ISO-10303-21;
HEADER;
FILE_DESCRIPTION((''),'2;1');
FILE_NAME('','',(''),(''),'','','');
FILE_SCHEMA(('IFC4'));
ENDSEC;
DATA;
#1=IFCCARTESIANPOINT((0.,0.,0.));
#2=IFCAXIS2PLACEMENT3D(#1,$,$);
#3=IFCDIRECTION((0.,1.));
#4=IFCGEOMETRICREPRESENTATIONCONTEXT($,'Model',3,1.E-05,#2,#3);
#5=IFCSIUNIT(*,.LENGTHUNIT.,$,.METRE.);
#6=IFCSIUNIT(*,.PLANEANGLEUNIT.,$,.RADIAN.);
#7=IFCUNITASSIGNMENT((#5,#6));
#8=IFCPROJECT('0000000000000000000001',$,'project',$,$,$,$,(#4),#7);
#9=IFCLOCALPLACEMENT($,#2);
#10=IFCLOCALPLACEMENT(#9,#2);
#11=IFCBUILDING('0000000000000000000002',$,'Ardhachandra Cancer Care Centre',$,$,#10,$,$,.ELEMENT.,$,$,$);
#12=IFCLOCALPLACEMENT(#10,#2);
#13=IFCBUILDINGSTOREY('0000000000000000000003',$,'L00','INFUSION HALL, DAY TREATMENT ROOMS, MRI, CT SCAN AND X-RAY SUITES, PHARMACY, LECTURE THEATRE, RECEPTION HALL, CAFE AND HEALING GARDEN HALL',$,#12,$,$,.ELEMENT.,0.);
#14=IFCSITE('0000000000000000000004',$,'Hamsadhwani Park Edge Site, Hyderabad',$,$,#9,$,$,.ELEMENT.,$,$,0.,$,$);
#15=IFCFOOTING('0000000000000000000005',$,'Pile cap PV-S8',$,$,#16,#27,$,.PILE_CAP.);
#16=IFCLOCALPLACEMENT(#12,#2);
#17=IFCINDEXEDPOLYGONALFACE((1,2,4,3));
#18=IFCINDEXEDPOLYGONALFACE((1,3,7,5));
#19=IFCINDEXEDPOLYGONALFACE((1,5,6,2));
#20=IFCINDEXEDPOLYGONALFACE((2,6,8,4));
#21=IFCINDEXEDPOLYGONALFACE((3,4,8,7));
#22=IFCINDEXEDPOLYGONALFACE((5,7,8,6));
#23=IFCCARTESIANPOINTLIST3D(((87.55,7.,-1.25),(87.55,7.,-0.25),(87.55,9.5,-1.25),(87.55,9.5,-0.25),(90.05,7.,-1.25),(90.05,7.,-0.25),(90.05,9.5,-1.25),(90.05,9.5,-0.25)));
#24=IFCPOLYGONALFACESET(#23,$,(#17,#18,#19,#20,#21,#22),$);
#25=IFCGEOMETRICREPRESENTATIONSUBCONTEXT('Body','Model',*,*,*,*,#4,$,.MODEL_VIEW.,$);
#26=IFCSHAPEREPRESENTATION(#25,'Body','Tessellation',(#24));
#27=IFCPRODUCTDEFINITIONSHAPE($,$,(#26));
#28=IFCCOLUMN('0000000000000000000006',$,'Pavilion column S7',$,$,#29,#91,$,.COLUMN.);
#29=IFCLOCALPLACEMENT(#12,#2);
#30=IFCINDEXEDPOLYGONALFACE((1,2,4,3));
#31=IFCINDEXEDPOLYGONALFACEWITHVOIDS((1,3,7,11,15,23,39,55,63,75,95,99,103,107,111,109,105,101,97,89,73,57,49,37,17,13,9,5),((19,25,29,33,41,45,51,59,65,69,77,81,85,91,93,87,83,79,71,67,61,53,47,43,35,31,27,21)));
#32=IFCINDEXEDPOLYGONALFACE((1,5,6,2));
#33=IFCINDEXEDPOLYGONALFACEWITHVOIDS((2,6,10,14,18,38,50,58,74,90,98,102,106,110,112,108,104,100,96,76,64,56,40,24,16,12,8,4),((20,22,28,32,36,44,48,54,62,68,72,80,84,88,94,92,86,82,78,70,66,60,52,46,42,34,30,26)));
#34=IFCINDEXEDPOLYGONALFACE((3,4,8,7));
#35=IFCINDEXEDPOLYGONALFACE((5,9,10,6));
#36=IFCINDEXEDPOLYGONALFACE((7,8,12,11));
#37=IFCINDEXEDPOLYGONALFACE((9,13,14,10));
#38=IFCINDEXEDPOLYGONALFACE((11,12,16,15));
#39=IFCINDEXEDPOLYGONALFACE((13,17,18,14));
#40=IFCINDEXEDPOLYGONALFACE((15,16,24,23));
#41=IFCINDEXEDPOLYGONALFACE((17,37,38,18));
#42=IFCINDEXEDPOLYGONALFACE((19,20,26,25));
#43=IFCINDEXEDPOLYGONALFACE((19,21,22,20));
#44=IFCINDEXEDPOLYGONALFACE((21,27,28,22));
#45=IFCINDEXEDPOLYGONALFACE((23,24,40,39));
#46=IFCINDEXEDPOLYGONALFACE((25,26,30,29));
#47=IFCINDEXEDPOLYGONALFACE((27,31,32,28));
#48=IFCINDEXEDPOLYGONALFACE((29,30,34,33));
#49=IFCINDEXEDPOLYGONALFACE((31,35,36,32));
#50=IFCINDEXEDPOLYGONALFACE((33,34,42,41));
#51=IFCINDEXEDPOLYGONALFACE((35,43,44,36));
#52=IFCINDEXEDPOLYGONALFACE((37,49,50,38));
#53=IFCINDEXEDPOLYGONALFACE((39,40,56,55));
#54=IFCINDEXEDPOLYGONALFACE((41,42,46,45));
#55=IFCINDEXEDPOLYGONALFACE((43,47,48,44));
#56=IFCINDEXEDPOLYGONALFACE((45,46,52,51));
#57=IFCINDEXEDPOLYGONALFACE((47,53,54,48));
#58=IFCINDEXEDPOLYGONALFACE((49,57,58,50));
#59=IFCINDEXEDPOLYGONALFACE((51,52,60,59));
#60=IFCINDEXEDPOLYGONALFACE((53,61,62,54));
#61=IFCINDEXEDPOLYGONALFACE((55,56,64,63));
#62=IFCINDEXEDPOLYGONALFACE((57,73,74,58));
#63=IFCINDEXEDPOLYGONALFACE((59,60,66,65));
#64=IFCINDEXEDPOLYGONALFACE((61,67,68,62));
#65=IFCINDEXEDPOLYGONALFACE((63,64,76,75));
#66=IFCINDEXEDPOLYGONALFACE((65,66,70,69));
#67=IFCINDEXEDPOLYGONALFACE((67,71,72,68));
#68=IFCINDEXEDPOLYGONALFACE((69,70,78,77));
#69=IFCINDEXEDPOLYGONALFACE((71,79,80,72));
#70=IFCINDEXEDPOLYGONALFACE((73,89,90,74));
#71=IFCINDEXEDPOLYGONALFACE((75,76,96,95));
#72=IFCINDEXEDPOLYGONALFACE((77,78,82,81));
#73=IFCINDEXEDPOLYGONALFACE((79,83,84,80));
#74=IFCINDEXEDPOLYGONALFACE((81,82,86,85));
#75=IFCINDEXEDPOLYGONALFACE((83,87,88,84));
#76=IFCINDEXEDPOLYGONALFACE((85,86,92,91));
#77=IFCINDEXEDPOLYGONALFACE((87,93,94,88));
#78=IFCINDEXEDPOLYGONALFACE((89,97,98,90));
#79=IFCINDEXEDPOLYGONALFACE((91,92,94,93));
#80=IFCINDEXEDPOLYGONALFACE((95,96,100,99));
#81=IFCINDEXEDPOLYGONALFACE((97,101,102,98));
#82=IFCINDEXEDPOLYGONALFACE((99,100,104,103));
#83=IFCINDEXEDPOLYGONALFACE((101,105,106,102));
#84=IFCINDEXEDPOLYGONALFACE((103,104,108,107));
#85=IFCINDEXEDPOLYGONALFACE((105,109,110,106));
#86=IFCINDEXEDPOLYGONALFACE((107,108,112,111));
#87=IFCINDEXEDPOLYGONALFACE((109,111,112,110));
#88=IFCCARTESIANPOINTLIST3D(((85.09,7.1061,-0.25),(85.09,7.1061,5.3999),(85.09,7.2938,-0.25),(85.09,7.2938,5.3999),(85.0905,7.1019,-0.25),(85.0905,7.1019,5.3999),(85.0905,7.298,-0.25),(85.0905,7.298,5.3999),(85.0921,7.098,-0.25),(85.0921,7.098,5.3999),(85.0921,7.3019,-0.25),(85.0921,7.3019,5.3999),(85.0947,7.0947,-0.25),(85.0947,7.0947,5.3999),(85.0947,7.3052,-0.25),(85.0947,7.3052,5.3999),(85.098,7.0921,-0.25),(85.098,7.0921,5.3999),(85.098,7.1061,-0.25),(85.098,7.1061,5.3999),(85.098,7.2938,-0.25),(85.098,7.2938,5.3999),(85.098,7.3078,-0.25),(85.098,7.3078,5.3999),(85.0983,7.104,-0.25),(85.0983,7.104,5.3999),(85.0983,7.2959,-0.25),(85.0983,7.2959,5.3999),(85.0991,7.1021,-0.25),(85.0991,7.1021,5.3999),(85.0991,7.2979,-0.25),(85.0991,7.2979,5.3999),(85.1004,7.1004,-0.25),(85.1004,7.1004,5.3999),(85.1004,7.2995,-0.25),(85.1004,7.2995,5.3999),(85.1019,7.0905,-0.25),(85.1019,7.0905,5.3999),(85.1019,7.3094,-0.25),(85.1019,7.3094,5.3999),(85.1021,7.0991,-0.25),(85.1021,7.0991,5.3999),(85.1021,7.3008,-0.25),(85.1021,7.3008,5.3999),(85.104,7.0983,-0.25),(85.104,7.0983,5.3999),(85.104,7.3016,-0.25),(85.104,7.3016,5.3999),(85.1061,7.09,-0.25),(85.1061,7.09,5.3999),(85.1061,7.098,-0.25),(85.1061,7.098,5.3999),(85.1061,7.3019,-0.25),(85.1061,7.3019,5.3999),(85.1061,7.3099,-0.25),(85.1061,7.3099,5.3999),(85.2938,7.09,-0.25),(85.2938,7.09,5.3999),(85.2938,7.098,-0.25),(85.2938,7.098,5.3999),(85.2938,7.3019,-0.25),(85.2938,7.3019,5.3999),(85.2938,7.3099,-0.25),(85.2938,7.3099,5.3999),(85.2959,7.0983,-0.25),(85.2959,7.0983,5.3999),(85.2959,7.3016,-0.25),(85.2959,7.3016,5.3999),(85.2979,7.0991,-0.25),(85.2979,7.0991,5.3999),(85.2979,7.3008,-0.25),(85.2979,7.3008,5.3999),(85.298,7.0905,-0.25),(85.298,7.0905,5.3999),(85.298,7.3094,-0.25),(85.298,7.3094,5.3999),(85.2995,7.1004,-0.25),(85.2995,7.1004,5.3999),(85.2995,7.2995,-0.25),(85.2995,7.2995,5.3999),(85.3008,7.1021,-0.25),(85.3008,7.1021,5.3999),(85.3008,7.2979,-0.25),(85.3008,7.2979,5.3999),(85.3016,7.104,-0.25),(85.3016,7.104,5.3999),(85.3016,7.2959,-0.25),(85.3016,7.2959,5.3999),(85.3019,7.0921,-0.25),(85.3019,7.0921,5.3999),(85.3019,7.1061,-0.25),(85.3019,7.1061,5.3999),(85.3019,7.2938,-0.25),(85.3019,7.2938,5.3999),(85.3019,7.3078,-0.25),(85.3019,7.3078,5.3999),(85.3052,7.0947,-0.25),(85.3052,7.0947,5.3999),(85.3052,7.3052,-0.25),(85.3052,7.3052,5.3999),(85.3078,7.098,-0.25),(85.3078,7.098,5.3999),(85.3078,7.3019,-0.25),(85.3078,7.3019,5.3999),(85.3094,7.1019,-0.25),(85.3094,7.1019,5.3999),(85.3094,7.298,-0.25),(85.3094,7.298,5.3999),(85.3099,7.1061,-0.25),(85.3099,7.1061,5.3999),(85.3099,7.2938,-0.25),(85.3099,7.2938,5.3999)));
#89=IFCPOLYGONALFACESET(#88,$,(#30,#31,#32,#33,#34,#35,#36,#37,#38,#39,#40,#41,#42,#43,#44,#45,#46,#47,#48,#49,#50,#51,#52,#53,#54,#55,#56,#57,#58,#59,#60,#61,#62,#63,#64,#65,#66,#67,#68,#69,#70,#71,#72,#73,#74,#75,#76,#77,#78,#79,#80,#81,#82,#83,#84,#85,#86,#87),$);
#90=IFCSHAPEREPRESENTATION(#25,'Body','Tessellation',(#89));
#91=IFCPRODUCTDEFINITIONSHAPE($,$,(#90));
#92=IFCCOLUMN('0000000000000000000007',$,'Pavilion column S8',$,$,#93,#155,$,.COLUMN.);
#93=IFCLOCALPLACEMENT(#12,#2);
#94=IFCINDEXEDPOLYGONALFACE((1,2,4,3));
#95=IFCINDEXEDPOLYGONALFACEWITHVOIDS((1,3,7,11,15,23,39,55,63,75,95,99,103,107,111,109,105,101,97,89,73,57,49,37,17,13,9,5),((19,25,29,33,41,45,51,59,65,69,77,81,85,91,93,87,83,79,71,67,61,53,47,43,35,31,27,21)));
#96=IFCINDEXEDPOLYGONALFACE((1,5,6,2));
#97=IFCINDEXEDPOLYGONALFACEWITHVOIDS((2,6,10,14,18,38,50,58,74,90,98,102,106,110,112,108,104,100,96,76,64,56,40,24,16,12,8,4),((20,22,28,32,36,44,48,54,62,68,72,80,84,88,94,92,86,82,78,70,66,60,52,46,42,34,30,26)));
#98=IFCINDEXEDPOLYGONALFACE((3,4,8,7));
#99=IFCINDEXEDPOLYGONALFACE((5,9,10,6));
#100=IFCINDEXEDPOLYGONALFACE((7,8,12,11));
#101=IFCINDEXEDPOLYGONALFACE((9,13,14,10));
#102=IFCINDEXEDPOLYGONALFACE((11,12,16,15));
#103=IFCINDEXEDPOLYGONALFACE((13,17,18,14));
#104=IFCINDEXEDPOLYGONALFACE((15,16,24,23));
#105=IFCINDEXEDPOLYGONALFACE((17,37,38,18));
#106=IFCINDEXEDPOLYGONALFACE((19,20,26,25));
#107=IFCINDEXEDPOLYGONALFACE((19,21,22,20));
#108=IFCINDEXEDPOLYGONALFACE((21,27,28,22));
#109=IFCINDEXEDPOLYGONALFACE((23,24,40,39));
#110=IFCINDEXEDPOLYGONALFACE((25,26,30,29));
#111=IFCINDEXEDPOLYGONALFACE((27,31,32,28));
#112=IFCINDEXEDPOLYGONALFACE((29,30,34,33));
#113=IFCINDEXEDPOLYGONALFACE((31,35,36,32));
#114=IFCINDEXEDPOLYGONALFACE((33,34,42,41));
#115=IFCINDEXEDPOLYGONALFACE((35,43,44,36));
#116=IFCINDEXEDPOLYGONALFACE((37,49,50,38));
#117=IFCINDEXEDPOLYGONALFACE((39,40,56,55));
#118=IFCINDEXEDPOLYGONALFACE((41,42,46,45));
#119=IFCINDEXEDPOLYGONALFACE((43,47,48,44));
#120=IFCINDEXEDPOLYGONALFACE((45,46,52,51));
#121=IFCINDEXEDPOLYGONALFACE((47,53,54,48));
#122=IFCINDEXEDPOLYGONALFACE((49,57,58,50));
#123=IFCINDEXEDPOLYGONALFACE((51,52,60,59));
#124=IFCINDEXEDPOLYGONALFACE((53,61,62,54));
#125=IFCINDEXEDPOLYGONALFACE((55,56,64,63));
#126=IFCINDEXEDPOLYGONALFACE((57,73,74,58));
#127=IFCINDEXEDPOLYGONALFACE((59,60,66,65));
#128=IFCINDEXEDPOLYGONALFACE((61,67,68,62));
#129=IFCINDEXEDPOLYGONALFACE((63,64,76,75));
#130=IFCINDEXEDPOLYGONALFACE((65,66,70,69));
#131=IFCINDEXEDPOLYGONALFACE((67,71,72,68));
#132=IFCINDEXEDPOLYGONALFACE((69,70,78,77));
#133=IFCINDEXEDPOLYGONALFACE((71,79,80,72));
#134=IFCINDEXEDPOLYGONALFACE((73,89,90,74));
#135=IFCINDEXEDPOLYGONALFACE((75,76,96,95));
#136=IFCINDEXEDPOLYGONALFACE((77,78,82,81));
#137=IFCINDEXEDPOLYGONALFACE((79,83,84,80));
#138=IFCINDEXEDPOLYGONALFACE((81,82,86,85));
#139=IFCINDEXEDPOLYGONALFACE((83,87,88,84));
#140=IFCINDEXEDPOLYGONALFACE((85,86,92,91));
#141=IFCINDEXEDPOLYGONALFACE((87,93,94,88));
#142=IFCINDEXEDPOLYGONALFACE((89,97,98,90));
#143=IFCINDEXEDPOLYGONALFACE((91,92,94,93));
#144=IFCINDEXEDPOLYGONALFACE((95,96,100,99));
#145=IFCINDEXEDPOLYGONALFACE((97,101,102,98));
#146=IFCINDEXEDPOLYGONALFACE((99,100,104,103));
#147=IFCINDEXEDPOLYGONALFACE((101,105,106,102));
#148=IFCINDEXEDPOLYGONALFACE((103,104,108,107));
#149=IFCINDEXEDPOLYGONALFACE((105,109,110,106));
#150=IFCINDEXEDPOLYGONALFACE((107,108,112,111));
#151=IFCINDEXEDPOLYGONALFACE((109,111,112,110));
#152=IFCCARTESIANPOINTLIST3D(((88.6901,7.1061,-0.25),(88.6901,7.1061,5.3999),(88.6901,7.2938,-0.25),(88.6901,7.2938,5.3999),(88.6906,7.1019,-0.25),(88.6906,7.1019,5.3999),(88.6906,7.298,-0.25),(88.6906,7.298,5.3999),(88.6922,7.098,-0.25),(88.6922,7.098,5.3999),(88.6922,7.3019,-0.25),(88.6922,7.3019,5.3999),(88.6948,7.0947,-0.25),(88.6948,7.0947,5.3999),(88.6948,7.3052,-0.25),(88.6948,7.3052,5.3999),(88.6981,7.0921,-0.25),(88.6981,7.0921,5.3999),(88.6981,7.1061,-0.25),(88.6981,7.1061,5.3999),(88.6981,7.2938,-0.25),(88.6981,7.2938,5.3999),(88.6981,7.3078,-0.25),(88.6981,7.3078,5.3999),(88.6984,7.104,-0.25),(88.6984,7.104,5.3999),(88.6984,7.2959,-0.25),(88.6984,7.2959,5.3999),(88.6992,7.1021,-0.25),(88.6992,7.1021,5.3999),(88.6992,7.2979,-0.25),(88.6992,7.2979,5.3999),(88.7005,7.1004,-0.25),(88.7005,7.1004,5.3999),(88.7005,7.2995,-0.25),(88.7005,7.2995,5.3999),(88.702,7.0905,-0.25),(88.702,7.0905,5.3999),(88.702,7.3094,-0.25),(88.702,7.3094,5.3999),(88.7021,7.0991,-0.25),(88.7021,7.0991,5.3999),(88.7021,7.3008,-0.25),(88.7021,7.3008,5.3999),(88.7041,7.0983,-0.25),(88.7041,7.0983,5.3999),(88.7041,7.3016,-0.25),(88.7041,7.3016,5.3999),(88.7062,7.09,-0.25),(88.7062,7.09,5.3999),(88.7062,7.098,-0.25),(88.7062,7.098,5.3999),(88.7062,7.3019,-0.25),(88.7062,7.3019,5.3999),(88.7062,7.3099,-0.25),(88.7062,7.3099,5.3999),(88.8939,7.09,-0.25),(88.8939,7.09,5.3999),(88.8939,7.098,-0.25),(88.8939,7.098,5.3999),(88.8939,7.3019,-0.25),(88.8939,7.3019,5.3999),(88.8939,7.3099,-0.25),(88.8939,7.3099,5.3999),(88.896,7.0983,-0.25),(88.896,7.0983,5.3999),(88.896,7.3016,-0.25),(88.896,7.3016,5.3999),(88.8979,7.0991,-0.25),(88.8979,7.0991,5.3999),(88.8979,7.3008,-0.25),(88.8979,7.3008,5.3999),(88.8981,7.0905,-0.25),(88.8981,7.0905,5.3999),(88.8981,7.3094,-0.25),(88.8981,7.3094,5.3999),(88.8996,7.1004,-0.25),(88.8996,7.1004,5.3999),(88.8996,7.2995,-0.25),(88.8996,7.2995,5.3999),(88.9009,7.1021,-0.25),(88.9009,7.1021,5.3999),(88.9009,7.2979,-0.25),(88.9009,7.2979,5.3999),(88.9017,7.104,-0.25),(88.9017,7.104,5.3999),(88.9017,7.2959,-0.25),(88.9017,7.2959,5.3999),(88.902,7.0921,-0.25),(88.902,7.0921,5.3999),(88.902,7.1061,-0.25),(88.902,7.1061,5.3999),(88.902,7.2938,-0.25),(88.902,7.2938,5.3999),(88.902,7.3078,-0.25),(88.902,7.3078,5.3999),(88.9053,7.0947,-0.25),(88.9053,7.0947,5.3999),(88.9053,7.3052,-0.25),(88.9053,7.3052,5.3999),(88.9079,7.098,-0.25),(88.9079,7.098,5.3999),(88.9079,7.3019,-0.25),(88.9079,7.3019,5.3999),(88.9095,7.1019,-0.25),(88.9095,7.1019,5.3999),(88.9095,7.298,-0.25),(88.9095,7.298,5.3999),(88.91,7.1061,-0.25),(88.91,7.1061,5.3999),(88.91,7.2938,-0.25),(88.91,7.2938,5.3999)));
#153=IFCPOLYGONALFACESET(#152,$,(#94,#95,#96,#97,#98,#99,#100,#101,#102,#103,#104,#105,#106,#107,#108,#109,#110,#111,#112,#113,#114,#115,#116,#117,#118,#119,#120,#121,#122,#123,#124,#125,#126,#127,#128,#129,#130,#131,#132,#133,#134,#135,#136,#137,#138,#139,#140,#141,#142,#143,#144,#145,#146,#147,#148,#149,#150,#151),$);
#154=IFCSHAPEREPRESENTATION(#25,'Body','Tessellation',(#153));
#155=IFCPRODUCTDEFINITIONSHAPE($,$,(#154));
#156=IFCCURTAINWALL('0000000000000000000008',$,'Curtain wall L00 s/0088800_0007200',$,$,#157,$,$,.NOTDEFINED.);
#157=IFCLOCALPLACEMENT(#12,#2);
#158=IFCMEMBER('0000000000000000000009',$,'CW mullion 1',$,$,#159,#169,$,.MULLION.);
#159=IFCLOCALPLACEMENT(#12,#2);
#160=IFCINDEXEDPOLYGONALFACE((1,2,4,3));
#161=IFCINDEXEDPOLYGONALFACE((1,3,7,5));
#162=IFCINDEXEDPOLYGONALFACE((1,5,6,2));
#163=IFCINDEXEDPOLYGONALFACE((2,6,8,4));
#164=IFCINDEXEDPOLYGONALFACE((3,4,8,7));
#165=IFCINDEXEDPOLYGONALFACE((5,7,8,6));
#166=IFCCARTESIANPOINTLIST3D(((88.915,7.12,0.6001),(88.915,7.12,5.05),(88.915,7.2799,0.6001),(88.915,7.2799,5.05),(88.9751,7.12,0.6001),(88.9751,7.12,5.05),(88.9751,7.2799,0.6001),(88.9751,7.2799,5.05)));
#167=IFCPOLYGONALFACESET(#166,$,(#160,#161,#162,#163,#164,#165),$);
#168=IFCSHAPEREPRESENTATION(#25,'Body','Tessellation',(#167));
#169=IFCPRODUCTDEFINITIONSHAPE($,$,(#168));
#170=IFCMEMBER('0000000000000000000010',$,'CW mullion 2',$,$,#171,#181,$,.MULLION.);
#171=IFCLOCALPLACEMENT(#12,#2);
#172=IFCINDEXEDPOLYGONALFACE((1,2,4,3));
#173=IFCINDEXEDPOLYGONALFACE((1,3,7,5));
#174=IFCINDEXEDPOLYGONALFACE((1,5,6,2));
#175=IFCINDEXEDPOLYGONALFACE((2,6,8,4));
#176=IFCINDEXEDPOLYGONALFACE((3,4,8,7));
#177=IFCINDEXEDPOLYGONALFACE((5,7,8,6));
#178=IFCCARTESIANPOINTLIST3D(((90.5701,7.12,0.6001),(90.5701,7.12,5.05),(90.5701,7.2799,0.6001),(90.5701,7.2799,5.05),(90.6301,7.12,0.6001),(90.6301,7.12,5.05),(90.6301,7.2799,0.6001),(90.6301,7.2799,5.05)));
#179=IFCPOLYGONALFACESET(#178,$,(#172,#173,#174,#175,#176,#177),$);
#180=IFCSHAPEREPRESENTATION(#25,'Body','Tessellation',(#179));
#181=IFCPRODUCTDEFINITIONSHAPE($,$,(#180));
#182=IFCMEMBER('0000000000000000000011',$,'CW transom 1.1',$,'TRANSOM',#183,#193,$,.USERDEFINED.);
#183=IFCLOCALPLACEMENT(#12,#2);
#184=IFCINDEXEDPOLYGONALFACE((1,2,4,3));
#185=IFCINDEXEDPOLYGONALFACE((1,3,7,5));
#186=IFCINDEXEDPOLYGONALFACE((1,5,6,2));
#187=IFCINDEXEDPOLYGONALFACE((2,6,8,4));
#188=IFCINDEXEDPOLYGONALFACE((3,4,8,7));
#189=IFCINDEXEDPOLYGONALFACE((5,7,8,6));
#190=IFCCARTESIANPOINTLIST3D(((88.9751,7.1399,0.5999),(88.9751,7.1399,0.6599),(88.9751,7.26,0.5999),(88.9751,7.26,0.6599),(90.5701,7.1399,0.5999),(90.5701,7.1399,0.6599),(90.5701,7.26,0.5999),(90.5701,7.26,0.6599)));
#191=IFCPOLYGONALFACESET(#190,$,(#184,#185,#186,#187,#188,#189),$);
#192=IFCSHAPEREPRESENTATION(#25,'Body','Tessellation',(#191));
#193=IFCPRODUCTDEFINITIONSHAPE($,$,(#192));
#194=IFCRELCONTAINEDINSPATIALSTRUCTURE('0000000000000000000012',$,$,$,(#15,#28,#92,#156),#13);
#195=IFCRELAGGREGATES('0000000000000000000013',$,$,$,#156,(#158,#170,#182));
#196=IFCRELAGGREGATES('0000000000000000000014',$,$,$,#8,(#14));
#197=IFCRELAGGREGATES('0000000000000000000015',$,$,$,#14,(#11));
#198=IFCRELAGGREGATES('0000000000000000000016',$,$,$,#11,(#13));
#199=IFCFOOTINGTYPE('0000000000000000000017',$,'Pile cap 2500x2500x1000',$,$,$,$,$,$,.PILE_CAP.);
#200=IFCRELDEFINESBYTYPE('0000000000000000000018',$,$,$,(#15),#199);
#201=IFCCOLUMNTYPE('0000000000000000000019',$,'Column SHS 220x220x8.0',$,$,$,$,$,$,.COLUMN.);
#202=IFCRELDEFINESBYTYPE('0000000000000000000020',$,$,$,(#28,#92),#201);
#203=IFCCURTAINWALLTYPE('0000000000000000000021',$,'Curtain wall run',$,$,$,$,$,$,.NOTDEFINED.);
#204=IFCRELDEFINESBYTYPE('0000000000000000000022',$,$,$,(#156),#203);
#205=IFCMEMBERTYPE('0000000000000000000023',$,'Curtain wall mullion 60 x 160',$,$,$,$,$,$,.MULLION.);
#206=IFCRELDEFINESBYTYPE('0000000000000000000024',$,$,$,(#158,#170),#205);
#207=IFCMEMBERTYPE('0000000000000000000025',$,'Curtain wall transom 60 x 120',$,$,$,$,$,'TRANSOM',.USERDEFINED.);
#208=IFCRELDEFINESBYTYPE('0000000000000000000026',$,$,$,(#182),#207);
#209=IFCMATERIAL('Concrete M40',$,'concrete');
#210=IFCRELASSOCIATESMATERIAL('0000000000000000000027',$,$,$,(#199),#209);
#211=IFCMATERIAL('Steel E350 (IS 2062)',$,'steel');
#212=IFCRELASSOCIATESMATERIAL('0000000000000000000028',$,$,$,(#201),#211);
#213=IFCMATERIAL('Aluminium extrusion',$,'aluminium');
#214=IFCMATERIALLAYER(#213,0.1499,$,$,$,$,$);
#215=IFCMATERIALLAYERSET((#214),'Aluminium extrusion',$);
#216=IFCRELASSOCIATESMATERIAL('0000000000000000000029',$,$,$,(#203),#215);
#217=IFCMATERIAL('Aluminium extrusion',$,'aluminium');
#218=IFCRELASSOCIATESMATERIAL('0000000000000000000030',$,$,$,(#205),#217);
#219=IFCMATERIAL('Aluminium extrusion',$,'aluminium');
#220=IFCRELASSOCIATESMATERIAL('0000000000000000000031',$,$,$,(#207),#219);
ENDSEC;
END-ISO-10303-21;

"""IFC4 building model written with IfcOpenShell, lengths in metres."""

from ifc_helpers import new_model, si_unit, direction, frame, origin, origin_2d, place, context, subcontext, project, spatial, rectangle, hollow_rectangle, extrude, material, layer, layer_set, material_profile, profile_set, type_object, element, aggregate, save


model = new_model("IFC4")

# Units and contexts
model_context = context("Model", 3, precision=1e-05, world=origin(), true_north=direction((0.0, 1.0)))
body_context = subcontext(model_context, "Body", "Model", "MODEL_VIEW")
ifc_project = project(units=[si_unit("LENGTHUNIT", "METRE"), si_unit("PLANEANGLEUNIT", "RADIAN")], contexts=[model_context])

# Site, building, storey
site_placement = place(None, origin())
site = spatial("IfcSite", under=ifc_project, at=site_placement, Name="Hamsadhwani Park Edge Site, Hyderabad", CompositionType="ELEMENT", RefElevation=0.0)
building_placement = place(site_placement, origin())
building = spatial("IfcBuilding", under=site, at=building_placement, Name="Ardhachandra Cancer Care Centre", CompositionType="ELEMENT")
storey_placement = place(building_placement, origin())
storey = spatial("IfcBuildingStorey", under=building, at=storey_placement, Name="L00", Description="INFUSION HALL, DAY TREATMENT ROOMS, MRI, CT SCAN AND X-RAY SUITES, PHARMACY, LECTURE THEATRE, RECEPTION HALL, CAFE AND HEALING GARDEN HALL", CompositionType="ELEMENT", Elevation=0.0)

# Footing
ifc_material_1 = material(Name="Concrete M40", Category="concrete")
footing_type = type_object("IfcFootingType", Name="Pile cap 2500x2500x1000", PredefinedType="PILE_CAP", material=ifc_material_1)
for number, where, z_axis, x_axis, name in (
    (1, (88.8, 8.25, -1.25), (0.0, 0.0, 1.0), (1.0, 0.0, 0.0), "Pile cap PV-S8"),
):
    element("IfcFooting", number, at=place(storey_placement, frame(where, z_axis=z_axis, x_axis=x_axis)), inside=storey, type_object=footing_type, Name=name, PredefinedType="PILE_CAP", context=body_context, shape_type="SweptSolid", body=[
        extrude(rectangle(XDim=2.5, YDim=2.5, at=origin_2d()), origin(), (0.0, 0.0, 1.0), 1.0),
    ])

# Columns
ifc_material_2 = material(Name="Steel E350 (IS 2062)", Category="steel")
ifc_material_profile_1 = material_profile(ifc_material_2, hollow_rectangle(XDim=0.22, YDim=0.22, WallThickness=0.0081, InnerFilletRadius=0.0081, OuterFilletRadius=0.0161, at=origin_2d()), Name="SHS 220x220x8.0")
ifc_profile_set_1 = profile_set([ifc_material_profile_1], Name="Steel E350 (IS 2062)")
column_type = type_object("IfcColumnType", Name="Column SHS 220x220x8.0", PredefinedType="COLUMN", material=ifc_profile_set_1)
for number, where, z_axis, x_axis, name in (
    (2, (85.2, 7.2, -0.25), (0.0, 0.0, 1.0), (1.0, 0.0, 0.0), "Pavilion column S7"),
    (3, (88.8, 7.2, -0.25), (0.0, 0.0, 1.0), (1.0, 0.0, 0.0), "Pavilion column S8"),
):
    element("IfcColumn", number, at=place(storey_placement, frame(where, z_axis=z_axis, x_axis=x_axis)), inside=storey, type_object=column_type, Name=name, PredefinedType="COLUMN", context=body_context, shape_type="SweptSolid", body=[
        extrude(hollow_rectangle(XDim=0.22, YDim=0.22, WallThickness=0.0081, InnerFilletRadius=0.0081, OuterFilletRadius=0.0161, at=origin_2d()), origin(), (0.0, 0.0, 1.0), 5.6499),
    ])

# Curtain wall, members
ifc_material_3 = material(Name="Aluminium extrusion", Category="aluminium")
ifc_layer_1 = layer(ifc_material_3, 0.1499)
ifc_layer_set_1 = layer_set([ifc_layer_1], Name="Aluminium extrusion")
curtain_wall_type = type_object("IfcCurtainWallType", Name="Curtain wall run", PredefinedType="NOTDEFINED", material=ifc_layer_set_1)
curtain_wall_placement = place(storey_placement, origin())
curtain_wall = element("IfcCurtainWall", 4, at=curtain_wall_placement, inside=storey, type_object=curtain_wall_type, Name="Curtain wall L00 s/0088800_0007200", PredefinedType="NOTDEFINED")
ifc_material_4 = material(Name="Aluminium extrusion", Category="aluminium")
ifc_material_profile_2 = material_profile(ifc_material_4, rectangle(XDim=0.1599, YDim=0.0601, at=origin_2d()), Name="Curtain wall mullion 60 x 160")
ifc_profile_set_2 = profile_set([ifc_material_profile_2], Name="Aluminium extrusion")
member_type_1 = type_object("IfcMemberType", Name="Curtain wall mullion 60 x 160", PredefinedType="MULLION", material=ifc_profile_set_2)
member_1_placement = place(storey_placement, frame((88.9451, 7.2, 0.6001), z_axis=(0.0, 0.0, 1.0), x_axis=(0.0, 1.0, 0.0)))
member_1 = element("IfcMember", 5, at=member_1_placement, type_object=member_type_1, Name="CW mullion 1", PredefinedType="MULLION", context=body_context, shape_type="SweptSolid", body=[
    extrude(rectangle(XDim=0.1599, YDim=0.0601, at=origin_2d()), origin(), (0.0, 0.0, 1.0), 4.45),
])
member_2_placement = place(storey_placement, frame((90.6001, 7.2, 0.6001), z_axis=(0.0, 0.0, 1.0), x_axis=(0.0, 1.0, 0.0)))
member_2 = element("IfcMember", 6, at=member_2_placement, type_object=member_type_1, Name="CW mullion 2", PredefinedType="MULLION", context=body_context, shape_type="SweptSolid", body=[
    extrude(rectangle(XDim=0.1599, YDim=0.0601, at=origin_2d()), origin(), (0.0, 0.0, 1.0), 4.45),
])
ifc_material_5 = material(Name="Aluminium extrusion", Category="aluminium")
ifc_material_profile_3 = material_profile(ifc_material_5, rectangle(XDim=0.1201, YDim=0.0601, at=origin_2d()), Name="Curtain wall transom 60 x 120")
ifc_profile_set_3 = profile_set([ifc_material_profile_3], Name="Aluminium extrusion")
member_type_2 = type_object("IfcMemberType", Name="Curtain wall transom 60 x 120", ElementType="TRANSOM", PredefinedType="USERDEFINED", material=ifc_profile_set_3)
member_3_placement = place(storey_placement, frame((88.9751, 7.2, 0.6299), z_axis=(1.0, 0.0, 0.0), x_axis=(0.0, 1.0, 0.0)))
member_3 = element("IfcMember", 7, at=member_3_placement, type_object=member_type_2, Name="CW transom 1.1", ObjectType="TRANSOM", PredefinedType="USERDEFINED", context=body_context, shape_type="SweptSolid", body=[
    extrude(rectangle(XDim=0.1201, YDim=0.0601, at=origin_2d()), origin(), (0.0, 0.0, 1.0), 1.595),
])
aggregate(curtain_wall, [member_1, member_2, member_3])

save(model, "model.ifc")
